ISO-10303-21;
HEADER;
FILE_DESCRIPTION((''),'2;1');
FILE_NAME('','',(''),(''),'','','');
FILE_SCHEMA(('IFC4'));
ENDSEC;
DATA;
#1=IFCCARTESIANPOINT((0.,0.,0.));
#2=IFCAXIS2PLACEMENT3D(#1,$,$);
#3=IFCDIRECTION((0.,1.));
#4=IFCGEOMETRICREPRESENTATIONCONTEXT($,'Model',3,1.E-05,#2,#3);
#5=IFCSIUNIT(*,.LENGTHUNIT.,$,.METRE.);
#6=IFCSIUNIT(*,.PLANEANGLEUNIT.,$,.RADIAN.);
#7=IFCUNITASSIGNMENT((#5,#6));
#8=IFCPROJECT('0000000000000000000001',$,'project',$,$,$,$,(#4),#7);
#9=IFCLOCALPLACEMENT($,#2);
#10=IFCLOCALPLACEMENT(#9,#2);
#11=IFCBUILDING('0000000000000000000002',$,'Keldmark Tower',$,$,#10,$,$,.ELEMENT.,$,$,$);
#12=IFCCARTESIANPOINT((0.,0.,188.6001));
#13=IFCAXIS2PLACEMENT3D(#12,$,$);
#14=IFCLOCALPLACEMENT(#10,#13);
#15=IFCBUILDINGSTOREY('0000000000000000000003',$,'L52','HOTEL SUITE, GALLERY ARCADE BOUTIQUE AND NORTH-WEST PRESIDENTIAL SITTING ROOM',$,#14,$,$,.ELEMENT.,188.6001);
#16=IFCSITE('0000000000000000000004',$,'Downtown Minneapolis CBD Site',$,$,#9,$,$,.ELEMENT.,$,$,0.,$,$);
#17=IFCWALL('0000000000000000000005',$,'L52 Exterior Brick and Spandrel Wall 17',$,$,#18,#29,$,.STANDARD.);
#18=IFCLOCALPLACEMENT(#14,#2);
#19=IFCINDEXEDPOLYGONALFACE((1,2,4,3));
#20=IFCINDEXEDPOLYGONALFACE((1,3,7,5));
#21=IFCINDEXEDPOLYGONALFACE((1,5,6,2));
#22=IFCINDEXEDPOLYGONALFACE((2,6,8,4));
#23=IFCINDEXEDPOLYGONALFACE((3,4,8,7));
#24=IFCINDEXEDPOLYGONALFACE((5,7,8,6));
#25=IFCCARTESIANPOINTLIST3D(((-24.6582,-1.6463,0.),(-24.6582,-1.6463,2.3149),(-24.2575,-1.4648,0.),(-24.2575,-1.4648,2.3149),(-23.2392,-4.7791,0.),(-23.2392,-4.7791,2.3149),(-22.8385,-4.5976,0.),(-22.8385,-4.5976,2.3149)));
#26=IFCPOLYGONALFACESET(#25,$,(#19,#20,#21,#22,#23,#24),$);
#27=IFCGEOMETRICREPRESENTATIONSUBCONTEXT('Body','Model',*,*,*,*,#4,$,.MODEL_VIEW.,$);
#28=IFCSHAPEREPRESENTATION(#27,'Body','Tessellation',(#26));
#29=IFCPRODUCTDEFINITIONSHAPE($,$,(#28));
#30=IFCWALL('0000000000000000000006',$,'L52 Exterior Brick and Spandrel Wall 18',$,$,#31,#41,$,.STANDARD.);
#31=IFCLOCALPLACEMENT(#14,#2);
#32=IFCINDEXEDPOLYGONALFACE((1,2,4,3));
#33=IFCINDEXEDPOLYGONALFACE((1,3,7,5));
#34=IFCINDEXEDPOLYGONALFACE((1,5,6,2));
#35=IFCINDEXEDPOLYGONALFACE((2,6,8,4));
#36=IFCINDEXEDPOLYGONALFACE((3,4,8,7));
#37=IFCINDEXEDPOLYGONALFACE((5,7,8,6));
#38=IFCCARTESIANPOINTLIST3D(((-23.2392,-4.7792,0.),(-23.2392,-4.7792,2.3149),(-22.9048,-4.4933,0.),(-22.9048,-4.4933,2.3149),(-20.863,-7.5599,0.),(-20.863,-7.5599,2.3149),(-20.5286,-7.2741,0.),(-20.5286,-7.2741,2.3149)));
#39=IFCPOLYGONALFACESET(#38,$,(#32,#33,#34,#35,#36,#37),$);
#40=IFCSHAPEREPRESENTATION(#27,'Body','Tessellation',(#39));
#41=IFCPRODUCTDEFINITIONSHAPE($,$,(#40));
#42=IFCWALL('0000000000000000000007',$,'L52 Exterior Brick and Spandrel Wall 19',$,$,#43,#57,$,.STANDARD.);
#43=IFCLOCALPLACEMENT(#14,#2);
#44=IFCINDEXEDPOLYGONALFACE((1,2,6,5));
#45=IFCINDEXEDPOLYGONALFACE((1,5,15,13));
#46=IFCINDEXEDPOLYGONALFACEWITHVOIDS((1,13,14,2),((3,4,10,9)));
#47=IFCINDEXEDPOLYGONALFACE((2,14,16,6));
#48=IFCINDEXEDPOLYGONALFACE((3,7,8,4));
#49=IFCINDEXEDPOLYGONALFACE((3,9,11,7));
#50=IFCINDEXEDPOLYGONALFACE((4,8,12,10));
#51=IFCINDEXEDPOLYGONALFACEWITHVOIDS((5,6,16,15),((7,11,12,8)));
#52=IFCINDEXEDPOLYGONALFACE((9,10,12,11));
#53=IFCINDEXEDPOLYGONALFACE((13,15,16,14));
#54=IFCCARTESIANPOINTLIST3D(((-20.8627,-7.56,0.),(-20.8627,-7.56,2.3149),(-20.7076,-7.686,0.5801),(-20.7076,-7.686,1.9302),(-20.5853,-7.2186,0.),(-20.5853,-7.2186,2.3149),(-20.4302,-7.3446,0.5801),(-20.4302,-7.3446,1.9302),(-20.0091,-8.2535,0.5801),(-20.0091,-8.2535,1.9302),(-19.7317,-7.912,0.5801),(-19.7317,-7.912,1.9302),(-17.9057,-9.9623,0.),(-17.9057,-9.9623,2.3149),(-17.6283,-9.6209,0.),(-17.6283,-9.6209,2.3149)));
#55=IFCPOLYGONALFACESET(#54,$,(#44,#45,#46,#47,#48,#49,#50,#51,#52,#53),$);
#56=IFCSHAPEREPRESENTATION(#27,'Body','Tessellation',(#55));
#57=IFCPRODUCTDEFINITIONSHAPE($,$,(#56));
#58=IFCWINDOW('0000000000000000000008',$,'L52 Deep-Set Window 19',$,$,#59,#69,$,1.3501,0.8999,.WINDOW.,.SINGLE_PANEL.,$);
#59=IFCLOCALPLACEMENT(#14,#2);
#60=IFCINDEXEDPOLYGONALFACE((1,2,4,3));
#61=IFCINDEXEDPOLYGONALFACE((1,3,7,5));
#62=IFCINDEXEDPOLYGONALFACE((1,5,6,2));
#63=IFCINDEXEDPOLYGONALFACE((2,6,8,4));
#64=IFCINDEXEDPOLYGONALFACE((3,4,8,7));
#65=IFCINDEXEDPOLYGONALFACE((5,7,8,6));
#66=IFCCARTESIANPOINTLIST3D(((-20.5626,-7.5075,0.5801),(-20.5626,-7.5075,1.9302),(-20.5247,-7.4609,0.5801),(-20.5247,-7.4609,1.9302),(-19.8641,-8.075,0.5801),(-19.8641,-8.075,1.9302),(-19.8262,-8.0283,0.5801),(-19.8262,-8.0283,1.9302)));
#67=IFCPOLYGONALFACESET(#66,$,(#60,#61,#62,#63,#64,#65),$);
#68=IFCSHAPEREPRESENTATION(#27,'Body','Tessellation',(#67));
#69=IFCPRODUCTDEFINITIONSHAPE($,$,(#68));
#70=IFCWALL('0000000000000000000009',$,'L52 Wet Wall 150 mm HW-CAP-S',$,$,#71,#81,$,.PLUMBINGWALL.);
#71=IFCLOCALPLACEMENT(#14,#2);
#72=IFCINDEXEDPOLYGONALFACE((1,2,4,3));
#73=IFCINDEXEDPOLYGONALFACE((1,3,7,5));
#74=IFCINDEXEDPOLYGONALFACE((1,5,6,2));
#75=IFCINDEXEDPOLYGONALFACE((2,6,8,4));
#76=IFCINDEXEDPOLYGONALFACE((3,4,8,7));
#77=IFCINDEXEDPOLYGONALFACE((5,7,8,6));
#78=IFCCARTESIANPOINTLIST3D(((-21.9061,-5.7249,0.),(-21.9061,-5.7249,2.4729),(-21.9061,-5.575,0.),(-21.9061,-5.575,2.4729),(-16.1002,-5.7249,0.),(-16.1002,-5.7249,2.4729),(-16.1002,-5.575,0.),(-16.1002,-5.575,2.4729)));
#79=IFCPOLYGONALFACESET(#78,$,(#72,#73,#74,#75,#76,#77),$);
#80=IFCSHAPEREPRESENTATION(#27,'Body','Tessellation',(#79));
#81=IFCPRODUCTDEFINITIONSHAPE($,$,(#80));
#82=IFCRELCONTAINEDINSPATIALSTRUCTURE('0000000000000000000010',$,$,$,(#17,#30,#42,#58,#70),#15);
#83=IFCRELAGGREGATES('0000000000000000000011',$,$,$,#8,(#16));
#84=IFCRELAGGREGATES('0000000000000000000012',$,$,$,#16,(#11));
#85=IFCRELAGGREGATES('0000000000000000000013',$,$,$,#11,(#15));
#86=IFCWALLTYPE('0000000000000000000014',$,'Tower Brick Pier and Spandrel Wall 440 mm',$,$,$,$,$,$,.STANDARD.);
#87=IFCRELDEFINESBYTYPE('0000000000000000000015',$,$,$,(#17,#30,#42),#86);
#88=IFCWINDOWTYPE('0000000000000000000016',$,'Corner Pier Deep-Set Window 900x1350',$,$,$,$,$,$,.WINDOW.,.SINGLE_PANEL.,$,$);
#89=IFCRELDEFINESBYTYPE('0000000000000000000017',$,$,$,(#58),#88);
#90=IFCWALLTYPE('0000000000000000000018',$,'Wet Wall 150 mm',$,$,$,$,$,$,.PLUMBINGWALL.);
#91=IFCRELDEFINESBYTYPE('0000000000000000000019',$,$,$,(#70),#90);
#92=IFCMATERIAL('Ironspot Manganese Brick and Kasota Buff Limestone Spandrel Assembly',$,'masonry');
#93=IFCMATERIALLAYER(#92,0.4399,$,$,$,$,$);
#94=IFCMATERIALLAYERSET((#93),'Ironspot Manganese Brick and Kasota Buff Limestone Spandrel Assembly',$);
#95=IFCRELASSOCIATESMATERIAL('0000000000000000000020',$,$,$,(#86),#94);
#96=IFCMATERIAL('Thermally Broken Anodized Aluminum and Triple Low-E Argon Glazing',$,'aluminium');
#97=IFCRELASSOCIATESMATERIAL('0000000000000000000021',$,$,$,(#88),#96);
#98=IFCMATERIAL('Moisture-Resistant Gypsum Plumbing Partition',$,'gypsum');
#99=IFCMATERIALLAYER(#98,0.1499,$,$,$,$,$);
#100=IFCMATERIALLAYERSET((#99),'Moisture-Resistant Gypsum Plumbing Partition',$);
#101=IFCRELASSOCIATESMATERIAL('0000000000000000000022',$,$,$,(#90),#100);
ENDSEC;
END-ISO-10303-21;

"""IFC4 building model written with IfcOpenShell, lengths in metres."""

from ifc_helpers import new_model, si_unit, direction, frame, frame_2d, origin, place, context, subcontext, project, spatial, rectangle, extrude, material, layer, layer_set, type_object, element, fill, save


model = new_model("IFC4")

# Units and contexts
model_context = context("Model", 3, precision=1e-05, world=origin(), true_north=direction((0.0, 1.0)))
body_context = subcontext(model_context, "Body", "Model", "MODEL_VIEW")
ifc_project = project(units=[si_unit("LENGTHUNIT", "METRE"), si_unit("PLANEANGLEUNIT", "RADIAN")], contexts=[model_context])

# Site, building, storey
site_placement = place(None, origin())
site = spatial("IfcSite", under=ifc_project, at=site_placement, Name="Downtown Minneapolis CBD Site", CompositionType="ELEMENT", RefElevation=0.0)
building_placement = place(site_placement, origin())
building = spatial("IfcBuilding", under=site, at=building_placement, Name="Keldmark Tower", CompositionType="ELEMENT")
storey_placement = place(building_placement, frame((0.0, 0.0, 188.6001)))
storey = spatial("IfcBuildingStorey", under=building, at=storey_placement, Name="L52", Description="HOTEL SUITE, GALLERY ARCADE BOUTIQUE AND NORTH-WEST PRESIDENTIAL SITTING ROOM", CompositionType="ELEMENT", Elevation=188.6001)

# Walls
ifc_material_1 = material(Name="Ironspot Manganese Brick and Kasota Buff Limestone Spandrel Assembly", Category="masonry")
ifc_layer_1 = layer(ifc_material_1, 0.4399)
ifc_layer_set_1 = layer_set([ifc_layer_1], Name="Ironspot Manganese Brick and Kasota Buff Limestone Spandrel Assembly")
wall_type_1 = type_object("IfcWallType", Name="Tower Brick Pier and Spandrel Wall 440 mm", PredefinedType="STANDARD", material=ifc_layer_set_1)
wall_1_placement = place(storey_placement, frame((-23.0388, -4.6885, 0.0), z_axis=(0.0, 0.0, 1.0), x_axis=(-0.412583, 0.91092, 0.0)))
element("IfcWall", 1, at=wall_1_placement, inside=storey, type_object=wall_type_1, Name="L52 Exterior Brick and Spandrel Wall 17", PredefinedType="STANDARD", context=body_context, shape_type="SweptSolid", body=[
    extrude(rectangle(XDim=3.4392, YDim=0.4399, at=frame_2d((1.7197, 0.0))), origin(), (0.0, 0.0, 1.0), 2.3149),
])
wall_2_placement = place(storey_placement, frame((-20.6958, -7.417, 0.0), z_axis=(0.0, 0.0, 1.0), x_axis=(-0.649642, 0.76024, 0.0)))
element("IfcWall", 2, at=wall_2_placement, inside=storey, type_object=wall_type_1, Name="L52 Exterior Brick and Spandrel Wall 18", PredefinedType="STANDARD", context=body_context, shape_type="SweptSolid", body=[
    extrude(rectangle(XDim=3.6577, YDim=0.4399, at=frame_2d((1.8289, 0.0))), origin(), (0.0, 0.0, 1.0), 2.3149),
])

# Wall, opening, window
wall_3_placement = place(storey_placement, frame((-17.7671, -9.7915, 0.0), z_axis=(0.0, 0.0, 1.0), x_axis=(-0.776145, 0.630554, 0.0)))
wall_3 = element("IfcWall", 3, at=wall_3_placement, inside=storey, type_object=wall_type_1, Name="L52 Exterior Brick and Spandrel Wall 19", PredefinedType="STANDARD", context=body_context, shape_type="SweptSolid", body=[
    extrude(rectangle(XDim=3.8098, YDim=0.4399, at=frame_2d((1.9048, 0.0))), origin(), (0.0, 0.0, 1.0), 2.3149),
])
opening_placement = place(wall_3_placement, frame((2.71, 0.0, 0.5801)))
opening = element("IfcOpeningElement", 4, at=opening_placement, cuts=wall_3, PredefinedType="OPENING", context=body_context, shape_type="SweptSolid", body=[
    extrude(rectangle(XDim=0.8999, YDim=1.3501, at=frame_2d((0.45, 0.675))), frame((0.0, 0.23, 0.0), z_axis=(0.0, -1.0, 0.0), x_axis=(1.0, 0.0, 0.0)), (0.0, 0.0, 1.0), 0.46),
])
ifc_material_2 = material(Name="Thermally Broken Anodized Aluminum and Triple Low-E Argon Glazing", Category="aluminium")
window_type = type_object("IfcWindowType", Name="Corner Pier Deep-Set Window 900x1350", PartitioningType="SINGLE_PANEL", PredefinedType="WINDOW", material=ifc_material_2)
window_placement = place(opening_placement, origin())
window = element("IfcWindow", 5, at=window_placement, inside=storey, type_object=window_type, Name="L52 Deep-Set Window 19", OverallHeight=1.3501, OverallWidth=0.8999, PartitioningType="SINGLE_PANEL", PredefinedType="WINDOW", context=body_context, shape_type="SweptSolid", body=[
    extrude(rectangle(XDim=0.8999, YDim=1.3501, at=frame_2d((0.45, 0.675))), frame((0.0, -0.01, 0.0), z_axis=(0.0, -1.0, 0.0), x_axis=(1.0, 0.0, 0.0)), (0.0, 0.0, 1.0), 0.0601),
])
fill(opening, window)

# Wall
ifc_material_3 = material(Name="Moisture-Resistant Gypsum Plumbing Partition", Category="gypsum")
ifc_layer_2 = layer(ifc_material_3, 0.1499)
ifc_layer_set_2 = layer_set([ifc_layer_2], Name="Moisture-Resistant Gypsum Plumbing Partition")
wall_type_2 = type_object("IfcWallType", Name="Wet Wall 150 mm", PredefinedType="PLUMBINGWALL", material=ifc_layer_set_2)
wall_4_placement = place(storey_placement, frame((-21.906, -5.6499, 0.0), z_axis=(0.0, 0.0, 1.0), x_axis=(1.0, 0.0, 0.0)))
element("IfcWall", 6, at=wall_4_placement, inside=storey, type_object=wall_type_2, Name="L52 Wet Wall 150 mm HW-CAP-S", PredefinedType="PLUMBINGWALL", context=body_context, shape_type="SweptSolid", body=[
    extrude(rectangle(XDim=5.8059, YDim=0.1499, at=frame_2d((2.9028, 0.0))), origin(), (0.0, 0.0, 1.0), 2.4729),
])

save(model, "model.ifc")
